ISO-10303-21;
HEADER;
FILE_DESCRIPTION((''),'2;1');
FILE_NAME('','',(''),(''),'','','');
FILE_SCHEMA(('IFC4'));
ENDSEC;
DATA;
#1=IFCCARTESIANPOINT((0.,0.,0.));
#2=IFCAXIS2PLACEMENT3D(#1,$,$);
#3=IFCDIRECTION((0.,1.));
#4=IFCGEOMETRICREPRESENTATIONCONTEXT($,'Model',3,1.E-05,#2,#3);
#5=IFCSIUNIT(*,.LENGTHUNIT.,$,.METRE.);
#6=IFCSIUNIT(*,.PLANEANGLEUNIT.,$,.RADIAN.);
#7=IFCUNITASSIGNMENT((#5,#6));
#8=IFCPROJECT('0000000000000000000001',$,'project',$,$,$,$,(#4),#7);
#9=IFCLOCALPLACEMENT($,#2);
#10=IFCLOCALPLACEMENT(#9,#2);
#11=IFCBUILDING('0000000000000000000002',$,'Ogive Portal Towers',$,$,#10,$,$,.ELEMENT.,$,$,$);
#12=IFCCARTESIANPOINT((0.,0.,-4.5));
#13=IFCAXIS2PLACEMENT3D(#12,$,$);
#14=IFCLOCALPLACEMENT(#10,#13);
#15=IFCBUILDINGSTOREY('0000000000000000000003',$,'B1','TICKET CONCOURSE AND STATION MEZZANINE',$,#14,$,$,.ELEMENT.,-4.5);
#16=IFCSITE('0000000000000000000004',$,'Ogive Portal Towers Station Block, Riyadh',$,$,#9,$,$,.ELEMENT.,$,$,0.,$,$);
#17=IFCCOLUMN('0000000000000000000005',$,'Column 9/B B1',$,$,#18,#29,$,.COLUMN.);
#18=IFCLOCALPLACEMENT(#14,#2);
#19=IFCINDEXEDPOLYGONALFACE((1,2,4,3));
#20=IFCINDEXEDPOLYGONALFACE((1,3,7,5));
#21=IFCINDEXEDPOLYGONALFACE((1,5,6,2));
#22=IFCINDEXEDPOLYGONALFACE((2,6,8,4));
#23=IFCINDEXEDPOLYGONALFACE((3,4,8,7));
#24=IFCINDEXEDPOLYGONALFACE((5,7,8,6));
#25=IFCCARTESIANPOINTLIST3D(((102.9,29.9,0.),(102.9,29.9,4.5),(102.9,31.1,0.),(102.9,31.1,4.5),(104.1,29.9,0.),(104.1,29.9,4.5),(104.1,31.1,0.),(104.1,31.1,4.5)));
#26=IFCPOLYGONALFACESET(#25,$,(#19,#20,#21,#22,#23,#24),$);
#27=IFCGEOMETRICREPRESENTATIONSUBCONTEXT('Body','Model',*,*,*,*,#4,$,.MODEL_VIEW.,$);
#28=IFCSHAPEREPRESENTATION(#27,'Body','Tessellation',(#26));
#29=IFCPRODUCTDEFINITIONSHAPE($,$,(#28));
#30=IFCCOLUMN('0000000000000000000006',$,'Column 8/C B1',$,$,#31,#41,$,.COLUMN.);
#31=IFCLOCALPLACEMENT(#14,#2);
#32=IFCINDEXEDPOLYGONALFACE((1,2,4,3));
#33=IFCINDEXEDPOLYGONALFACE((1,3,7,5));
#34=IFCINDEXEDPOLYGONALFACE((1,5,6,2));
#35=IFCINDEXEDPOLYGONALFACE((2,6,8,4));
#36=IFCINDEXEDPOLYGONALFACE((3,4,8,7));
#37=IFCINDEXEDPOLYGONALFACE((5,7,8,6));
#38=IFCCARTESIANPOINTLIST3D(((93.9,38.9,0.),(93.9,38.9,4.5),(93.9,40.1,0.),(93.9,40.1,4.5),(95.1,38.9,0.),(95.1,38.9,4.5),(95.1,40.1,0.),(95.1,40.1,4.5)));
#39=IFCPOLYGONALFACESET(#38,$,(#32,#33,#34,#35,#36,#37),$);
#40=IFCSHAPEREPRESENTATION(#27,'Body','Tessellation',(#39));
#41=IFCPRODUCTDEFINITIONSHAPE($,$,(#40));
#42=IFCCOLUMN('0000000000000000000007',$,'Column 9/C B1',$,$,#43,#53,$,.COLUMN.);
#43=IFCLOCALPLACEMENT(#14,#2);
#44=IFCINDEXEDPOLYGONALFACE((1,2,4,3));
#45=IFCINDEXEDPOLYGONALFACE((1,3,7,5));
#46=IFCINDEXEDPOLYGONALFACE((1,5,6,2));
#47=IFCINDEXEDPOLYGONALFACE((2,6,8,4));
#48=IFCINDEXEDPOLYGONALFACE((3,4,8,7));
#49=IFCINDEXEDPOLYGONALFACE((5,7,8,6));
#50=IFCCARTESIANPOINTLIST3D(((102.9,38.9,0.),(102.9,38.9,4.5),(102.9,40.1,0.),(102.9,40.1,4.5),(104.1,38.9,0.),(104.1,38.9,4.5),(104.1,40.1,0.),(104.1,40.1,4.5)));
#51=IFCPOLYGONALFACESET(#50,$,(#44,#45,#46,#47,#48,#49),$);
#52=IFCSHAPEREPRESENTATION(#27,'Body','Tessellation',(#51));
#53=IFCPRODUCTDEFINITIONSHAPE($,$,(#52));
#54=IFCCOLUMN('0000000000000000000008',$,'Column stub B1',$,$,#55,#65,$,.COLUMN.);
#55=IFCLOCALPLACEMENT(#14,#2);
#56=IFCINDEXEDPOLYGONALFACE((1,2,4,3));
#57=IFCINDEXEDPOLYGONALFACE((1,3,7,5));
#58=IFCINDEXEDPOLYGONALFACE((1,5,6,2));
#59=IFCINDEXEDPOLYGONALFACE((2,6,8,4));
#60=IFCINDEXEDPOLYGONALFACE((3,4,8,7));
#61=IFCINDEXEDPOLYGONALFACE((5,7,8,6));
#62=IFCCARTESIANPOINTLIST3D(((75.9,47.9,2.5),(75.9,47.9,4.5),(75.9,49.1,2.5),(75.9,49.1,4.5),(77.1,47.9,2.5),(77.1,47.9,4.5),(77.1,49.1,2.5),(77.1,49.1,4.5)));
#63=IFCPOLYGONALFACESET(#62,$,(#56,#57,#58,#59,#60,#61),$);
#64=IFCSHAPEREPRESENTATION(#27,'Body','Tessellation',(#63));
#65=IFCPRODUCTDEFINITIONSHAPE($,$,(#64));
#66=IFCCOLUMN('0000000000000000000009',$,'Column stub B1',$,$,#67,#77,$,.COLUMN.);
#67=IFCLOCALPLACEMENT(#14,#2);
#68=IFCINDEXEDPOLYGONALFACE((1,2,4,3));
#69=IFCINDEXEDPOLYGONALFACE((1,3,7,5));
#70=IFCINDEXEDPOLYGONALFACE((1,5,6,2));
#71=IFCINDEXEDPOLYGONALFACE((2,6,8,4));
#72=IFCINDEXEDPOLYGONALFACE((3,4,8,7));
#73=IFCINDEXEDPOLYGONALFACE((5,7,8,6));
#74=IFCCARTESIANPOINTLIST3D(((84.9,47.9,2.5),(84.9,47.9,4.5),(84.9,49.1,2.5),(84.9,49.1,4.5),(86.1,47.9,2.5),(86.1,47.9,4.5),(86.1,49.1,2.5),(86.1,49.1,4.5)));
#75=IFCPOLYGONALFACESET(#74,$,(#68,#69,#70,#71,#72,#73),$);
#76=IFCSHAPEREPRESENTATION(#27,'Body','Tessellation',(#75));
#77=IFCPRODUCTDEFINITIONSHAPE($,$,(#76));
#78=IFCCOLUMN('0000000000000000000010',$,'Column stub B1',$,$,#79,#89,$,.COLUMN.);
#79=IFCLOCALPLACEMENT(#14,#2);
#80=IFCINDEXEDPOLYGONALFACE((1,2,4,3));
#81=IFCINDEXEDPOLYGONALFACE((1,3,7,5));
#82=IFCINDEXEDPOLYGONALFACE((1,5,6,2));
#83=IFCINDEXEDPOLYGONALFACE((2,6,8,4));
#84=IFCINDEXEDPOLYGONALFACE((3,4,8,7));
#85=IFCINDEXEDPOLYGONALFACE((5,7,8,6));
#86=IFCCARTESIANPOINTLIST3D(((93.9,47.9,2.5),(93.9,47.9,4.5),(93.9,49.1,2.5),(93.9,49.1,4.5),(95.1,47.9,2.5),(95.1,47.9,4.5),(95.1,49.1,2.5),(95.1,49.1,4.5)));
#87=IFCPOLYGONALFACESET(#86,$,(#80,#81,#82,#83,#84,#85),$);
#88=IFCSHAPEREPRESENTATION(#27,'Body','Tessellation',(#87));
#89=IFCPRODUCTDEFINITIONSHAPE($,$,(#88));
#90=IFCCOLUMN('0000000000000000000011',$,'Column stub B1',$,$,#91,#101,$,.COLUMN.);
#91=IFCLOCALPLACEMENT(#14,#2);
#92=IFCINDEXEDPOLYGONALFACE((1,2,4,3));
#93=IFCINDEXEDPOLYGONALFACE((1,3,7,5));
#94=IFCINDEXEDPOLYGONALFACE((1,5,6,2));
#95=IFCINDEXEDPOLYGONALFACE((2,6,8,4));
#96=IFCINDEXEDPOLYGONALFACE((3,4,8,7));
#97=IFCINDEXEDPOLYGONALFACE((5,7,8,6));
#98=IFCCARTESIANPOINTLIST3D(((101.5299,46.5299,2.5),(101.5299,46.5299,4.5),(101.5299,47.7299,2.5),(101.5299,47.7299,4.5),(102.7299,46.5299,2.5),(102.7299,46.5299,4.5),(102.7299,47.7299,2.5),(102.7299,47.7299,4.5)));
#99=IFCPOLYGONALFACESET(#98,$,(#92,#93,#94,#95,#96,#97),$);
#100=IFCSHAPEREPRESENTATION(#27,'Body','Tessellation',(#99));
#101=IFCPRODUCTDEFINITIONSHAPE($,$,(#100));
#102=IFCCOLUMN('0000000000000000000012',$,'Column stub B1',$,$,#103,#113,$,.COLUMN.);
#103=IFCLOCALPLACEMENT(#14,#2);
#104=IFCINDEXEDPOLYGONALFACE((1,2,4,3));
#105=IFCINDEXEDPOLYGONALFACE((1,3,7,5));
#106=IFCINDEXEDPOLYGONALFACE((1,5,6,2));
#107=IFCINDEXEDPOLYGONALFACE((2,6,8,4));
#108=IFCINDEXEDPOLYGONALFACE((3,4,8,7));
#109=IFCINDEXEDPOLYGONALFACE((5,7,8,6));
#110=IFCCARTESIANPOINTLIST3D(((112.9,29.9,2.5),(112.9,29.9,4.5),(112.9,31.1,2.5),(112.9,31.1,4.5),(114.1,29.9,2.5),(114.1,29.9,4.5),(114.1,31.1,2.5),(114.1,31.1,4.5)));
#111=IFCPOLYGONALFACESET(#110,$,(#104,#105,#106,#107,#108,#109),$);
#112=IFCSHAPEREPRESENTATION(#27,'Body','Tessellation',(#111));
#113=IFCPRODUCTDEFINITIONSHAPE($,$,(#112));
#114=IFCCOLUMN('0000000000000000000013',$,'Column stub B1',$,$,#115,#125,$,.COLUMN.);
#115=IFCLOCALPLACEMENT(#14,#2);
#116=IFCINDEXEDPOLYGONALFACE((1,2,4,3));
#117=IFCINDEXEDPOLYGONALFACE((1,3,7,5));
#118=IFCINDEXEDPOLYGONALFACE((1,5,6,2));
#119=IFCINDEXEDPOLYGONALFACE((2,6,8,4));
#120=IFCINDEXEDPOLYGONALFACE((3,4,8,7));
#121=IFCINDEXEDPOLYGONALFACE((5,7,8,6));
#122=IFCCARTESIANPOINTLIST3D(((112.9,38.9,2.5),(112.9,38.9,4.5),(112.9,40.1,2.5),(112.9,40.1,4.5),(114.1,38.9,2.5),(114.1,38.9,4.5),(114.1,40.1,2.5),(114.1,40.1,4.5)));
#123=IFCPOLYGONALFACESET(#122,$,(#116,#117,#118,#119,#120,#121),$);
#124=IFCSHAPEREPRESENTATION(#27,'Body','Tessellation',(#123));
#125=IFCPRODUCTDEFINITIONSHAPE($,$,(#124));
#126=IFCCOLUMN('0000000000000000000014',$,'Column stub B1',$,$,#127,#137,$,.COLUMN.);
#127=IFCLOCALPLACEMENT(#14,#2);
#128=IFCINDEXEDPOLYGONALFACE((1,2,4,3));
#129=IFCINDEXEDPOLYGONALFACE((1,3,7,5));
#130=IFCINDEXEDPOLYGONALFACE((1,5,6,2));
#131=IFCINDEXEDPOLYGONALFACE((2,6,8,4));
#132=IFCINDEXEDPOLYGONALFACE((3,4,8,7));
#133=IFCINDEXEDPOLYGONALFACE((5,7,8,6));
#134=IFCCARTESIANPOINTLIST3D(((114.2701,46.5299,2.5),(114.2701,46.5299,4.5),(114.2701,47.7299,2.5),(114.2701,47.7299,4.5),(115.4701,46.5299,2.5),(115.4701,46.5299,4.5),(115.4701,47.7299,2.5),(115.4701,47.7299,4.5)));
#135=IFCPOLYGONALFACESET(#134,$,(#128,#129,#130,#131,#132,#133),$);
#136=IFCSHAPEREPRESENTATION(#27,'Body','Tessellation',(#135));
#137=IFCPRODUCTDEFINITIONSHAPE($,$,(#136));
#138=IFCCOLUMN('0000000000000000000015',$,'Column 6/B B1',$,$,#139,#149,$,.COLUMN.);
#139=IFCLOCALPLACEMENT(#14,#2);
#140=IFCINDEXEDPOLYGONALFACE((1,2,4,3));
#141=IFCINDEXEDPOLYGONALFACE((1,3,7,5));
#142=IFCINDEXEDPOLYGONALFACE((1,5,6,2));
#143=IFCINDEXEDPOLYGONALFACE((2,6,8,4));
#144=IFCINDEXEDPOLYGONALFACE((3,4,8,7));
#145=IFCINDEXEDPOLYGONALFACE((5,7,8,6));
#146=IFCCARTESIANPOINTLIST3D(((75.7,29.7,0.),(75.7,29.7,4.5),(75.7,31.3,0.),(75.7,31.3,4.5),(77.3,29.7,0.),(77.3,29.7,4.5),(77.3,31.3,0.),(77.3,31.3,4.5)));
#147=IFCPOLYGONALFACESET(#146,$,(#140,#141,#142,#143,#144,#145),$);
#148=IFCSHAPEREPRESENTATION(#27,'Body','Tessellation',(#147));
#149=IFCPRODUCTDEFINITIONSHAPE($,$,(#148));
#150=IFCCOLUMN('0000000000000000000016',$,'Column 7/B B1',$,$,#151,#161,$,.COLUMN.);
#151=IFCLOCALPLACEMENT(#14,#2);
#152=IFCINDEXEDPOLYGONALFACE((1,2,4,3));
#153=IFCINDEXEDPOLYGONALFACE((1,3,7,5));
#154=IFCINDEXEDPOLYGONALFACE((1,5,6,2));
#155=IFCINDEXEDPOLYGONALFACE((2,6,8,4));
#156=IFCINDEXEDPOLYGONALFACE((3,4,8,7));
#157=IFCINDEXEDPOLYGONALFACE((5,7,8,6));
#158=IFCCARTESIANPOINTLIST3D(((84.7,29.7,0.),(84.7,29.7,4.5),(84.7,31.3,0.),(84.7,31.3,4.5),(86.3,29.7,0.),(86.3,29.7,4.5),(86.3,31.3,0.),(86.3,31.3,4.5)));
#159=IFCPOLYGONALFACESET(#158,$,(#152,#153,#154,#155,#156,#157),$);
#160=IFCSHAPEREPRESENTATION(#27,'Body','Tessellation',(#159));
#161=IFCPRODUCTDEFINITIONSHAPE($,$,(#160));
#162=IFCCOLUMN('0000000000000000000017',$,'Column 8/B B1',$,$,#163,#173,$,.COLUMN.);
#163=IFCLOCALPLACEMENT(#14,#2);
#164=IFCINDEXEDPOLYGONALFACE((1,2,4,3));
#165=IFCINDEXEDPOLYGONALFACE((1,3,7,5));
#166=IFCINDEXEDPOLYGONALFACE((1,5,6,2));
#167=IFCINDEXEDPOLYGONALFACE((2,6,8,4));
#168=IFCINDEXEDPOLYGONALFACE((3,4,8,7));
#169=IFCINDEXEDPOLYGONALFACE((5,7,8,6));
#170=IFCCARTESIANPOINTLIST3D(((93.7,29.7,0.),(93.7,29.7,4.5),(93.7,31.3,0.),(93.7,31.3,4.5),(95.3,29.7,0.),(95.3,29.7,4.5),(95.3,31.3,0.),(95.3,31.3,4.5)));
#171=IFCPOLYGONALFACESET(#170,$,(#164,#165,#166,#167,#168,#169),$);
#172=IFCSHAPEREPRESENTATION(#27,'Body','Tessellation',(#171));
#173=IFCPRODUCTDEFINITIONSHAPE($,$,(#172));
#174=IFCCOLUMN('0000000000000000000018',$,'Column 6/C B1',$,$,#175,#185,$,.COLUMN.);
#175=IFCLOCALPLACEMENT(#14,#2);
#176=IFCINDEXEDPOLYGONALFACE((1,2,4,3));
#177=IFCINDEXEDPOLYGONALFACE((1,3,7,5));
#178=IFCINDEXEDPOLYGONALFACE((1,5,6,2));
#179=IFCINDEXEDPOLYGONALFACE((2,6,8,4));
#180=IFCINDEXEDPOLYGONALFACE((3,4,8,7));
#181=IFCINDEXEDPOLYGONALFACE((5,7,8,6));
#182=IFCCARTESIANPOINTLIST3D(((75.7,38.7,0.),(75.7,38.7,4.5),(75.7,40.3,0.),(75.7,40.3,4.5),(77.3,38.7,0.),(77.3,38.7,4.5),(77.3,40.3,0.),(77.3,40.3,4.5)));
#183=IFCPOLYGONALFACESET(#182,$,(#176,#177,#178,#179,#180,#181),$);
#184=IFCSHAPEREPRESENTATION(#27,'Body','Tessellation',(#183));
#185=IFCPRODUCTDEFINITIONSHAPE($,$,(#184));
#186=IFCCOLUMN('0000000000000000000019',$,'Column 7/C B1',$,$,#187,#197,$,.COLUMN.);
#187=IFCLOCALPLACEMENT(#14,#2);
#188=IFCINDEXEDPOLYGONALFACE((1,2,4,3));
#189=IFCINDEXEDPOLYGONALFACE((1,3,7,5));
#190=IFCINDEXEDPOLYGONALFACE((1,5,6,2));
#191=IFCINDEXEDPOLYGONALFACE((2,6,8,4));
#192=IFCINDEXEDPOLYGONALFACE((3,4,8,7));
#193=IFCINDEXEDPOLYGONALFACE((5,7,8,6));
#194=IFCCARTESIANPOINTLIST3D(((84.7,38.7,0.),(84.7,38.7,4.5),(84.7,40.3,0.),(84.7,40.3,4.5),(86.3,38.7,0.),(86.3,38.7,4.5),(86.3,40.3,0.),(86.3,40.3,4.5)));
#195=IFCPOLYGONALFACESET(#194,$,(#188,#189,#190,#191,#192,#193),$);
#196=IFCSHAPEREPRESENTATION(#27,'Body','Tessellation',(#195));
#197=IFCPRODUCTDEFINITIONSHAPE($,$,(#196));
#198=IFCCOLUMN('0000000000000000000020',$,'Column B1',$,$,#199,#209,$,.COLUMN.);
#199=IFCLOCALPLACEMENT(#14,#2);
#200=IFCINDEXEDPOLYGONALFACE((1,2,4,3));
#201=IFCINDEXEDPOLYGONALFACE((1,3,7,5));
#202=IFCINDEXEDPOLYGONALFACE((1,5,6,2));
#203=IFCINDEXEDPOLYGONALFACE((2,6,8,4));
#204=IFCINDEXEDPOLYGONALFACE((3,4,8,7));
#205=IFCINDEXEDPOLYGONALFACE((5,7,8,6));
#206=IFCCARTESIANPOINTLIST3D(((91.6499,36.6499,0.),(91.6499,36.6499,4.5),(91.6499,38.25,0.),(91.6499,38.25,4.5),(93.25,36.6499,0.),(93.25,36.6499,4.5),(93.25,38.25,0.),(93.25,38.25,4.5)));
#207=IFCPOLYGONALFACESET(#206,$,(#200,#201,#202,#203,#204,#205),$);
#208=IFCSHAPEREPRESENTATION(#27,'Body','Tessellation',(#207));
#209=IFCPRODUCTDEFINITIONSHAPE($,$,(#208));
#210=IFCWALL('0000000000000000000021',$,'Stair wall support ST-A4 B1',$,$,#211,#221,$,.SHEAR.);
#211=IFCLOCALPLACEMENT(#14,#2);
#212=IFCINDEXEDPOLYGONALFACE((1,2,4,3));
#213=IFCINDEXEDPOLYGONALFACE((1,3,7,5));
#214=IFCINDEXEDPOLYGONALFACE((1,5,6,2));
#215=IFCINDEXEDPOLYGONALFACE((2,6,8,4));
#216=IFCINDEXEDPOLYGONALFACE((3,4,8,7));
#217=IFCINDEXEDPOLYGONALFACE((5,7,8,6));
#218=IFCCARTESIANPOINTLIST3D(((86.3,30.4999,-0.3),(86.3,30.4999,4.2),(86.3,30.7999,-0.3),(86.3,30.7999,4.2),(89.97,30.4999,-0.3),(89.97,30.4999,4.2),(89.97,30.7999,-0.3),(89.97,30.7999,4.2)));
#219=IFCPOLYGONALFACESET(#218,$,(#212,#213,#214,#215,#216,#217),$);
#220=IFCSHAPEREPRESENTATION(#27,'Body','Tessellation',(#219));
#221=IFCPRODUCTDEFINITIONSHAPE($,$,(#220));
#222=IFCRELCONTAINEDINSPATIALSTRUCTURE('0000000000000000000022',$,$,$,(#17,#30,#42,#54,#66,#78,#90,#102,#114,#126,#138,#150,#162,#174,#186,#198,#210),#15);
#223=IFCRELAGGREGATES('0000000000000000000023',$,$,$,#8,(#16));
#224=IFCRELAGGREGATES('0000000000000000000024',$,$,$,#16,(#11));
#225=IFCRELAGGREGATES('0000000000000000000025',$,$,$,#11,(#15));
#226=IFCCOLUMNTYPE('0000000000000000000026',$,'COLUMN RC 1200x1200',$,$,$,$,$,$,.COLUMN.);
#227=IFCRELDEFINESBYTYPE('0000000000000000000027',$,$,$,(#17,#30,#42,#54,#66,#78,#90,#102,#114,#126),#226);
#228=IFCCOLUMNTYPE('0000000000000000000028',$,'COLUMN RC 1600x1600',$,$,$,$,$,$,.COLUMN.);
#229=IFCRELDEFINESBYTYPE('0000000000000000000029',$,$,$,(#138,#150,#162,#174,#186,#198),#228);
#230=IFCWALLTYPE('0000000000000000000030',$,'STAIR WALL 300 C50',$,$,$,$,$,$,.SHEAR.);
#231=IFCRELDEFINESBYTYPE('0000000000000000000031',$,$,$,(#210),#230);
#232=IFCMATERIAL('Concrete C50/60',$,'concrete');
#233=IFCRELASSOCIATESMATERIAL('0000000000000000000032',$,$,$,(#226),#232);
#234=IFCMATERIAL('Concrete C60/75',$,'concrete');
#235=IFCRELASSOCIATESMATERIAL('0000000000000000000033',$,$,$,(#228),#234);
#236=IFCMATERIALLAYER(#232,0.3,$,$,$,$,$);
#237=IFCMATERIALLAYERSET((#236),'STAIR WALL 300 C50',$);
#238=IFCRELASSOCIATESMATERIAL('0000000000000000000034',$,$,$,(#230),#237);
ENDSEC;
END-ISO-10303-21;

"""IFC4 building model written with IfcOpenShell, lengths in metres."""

from ifc_helpers import new_model, si_unit, direction, frame, frame_2d, origin, origin_2d, place, context, subcontext, project, spatial, rectangle, extrude, material, layer, layer_set, material_profile, profile_set, type_object, element, save


model = new_model("IFC4")

# Units and contexts
model_context = context("Model", 3, precision=1e-05, world=origin(), true_north=direction((0.0, 1.0)))
body_context = subcontext(model_context, "Body", "Model", "MODEL_VIEW")
ifc_project = project(units=[si_unit("LENGTHUNIT", "METRE"), si_unit("PLANEANGLEUNIT", "RADIAN")], contexts=[model_context])

# Site, building, storey
site_placement = place(None, origin())
site = spatial("IfcSite", under=ifc_project, at=site_placement, Name="Ogive Portal Towers Station Block, Riyadh", CompositionType="ELEMENT", RefElevation=0.0)
building_placement = place(site_placement, origin())
building = spatial("IfcBuilding", under=site, at=building_placement, Name="Ogive Portal Towers", CompositionType="ELEMENT")
storey_placement = place(building_placement, frame((0.0, 0.0, -4.5)))
storey = spatial("IfcBuildingStorey", under=building, at=storey_placement, Name="B1", Description="TICKET CONCOURSE AND STATION MEZZANINE", CompositionType="ELEMENT", Elevation=-4.5)

# Columns
ifc_material_1 = material(Name="Concrete C50/60", Category="concrete")
ifc_material_profile_1 = material_profile(ifc_material_1, rectangle(XDim=1.2, YDim=1.2, at=origin_2d()), Name="RC 1200x1200")
ifc_profile_set_1 = profile_set([ifc_material_profile_1], Name="Concrete C50/60")
column_type_1 = type_object("IfcColumnType", Name="COLUMN RC 1200x1200", PredefinedType="COLUMN", material=ifc_profile_set_1)
for number, where, z_axis, x_axis, name in (
    (1, (103.5, 30.5, 0.0), (0.0, 0.0, 1.0), (1.0, 0.0, 0.0), "Column 9/B B1"),
    (2, (94.5, 39.5, 0.0), (0.0, 0.0, 1.0), (1.0, 0.0, 0.0), "Column 8/C B1"),
    (3, (103.5, 39.5, 0.0), (0.0, 0.0, 1.0), (1.0, 0.0, 0.0), "Column 9/C B1"),
):
    element("IfcColumn", number, at=place(storey_placement, frame(where, z_axis=z_axis, x_axis=x_axis)), inside=storey, type_object=column_type_1, Name=name, PredefinedType="COLUMN", context=body_context, shape_type="SweptSolid", body=[
        extrude(rectangle(XDim=1.2, YDim=1.2, at=origin_2d()), origin(), (0.0, 0.0, 1.0), 4.5),
    ])
for number, where, z_axis, x_axis, name in (
    (4, (76.5, 48.5, 2.5), (0.0, 0.0, 1.0), (1.0, 0.0, 0.0), "Column stub B1"),
    (5, (85.5, 48.5, 2.5), (0.0, 0.0, 1.0), (1.0, 0.0, 0.0), "Column stub B1"),
    (6, (94.5, 48.5, 2.5), (0.0, 0.0, 1.0), (1.0, 0.0, 0.0), "Column stub B1"),
    (7, (102.1299, 47.1299, 2.5), (0.0, 0.0, 1.0), (1.0, 0.0, 0.0), "Column stub B1"),
    (8, (113.5, 30.5, 2.5), (0.0, 0.0, 1.0), (1.0, 0.0, 0.0), "Column stub B1"),
    (9, (113.5, 39.5, 2.5), (0.0, 0.0, 1.0), (1.0, 0.0, 0.0), "Column stub B1"),
    (10, (114.8701, 47.1299, 2.5), (0.0, 0.0, 1.0), (1.0, 0.0, 0.0), "Column stub B1"),
):
    element("IfcColumn", number, at=place(storey_placement, frame(where, z_axis=z_axis, x_axis=x_axis)), inside=storey, type_object=column_type_1, Name=name, PredefinedType="COLUMN", context=body_context, shape_type="SweptSolid", body=[
        extrude(rectangle(XDim=1.2, YDim=1.2, at=origin_2d()), origin(), (0.0, 0.0, 1.0), 2.0),
    ])
ifc_material_2 = material(Name="Concrete C60/75", Category="concrete")
ifc_material_profile_2 = material_profile(ifc_material_2, rectangle(XDim=1.6001, YDim=1.6001, at=origin_2d()), Name="RC 1600x1600")
ifc_profile_set_2 = profile_set([ifc_material_profile_2], Name="Concrete C60/75")
column_type_2 = type_object("IfcColumnType", Name="COLUMN RC 1600x1600", PredefinedType="COLUMN", material=ifc_profile_set_2)
for number, where, z_axis, x_axis, name in (
    (11, (76.5, 30.5, 0.0), (0.0, 0.0, 1.0), (1.0, 0.0, 0.0), "Column 6/B B1"),
    (12, (85.5, 30.5, 0.0), (0.0, 0.0, 1.0), (1.0, 0.0, 0.0), "Column 7/B B1"),
    (13, (94.5, 30.5, 0.0), (0.0, 0.0, 1.0), (1.0, 0.0, 0.0), "Column 8/B B1"),
    (14, (76.5, 39.5, 0.0), (0.0, 0.0, 1.0), (1.0, 0.0, 0.0), "Column 6/C B1"),
    (15, (85.5, 39.5, 0.0), (0.0, 0.0, 1.0), (1.0, 0.0, 0.0), "Column 7/C B1"),
    (16, (92.45, 37.45, 0.0), (0.0, 0.0, 1.0), (1.0, 0.0, 0.0), "Column B1"),
):
    element("IfcColumn", number, at=place(storey_placement, frame(where, z_axis=z_axis, x_axis=x_axis)), inside=storey, type_object=column_type_2, Name=name, PredefinedType="COLUMN", context=body_context, shape_type="SweptSolid", body=[
        extrude(rectangle(XDim=1.6001, YDim=1.6001, at=origin_2d()), origin(), (0.0, 0.0, 1.0), 4.5),
    ])

# Wall
ifc_layer_1 = layer(ifc_material_1, 0.3)
ifc_layer_set_1 = layer_set([ifc_layer_1], Name="STAIR WALL 300 C50")
wall_type_1 = type_object("IfcWallType", Name="STAIR WALL 300 C50", PredefinedType="SHEAR", material=ifc_layer_set_1)
wall_1_placement = place(storey_placement, frame((86.3, 30.6499, -0.3), z_axis=(0.0, 0.0, 1.0), x_axis=(1.0, 0.0, 0.0)))
element("IfcWall", 17, at=wall_1_placement, inside=storey, type_object=wall_type_1, Name="Stair wall support ST-A4 B1", PredefinedType="SHEAR", context=body_context, shape_type="SweptSolid", body=[
    extrude(rectangle(XDim=3.6699, YDim=0.3, at=frame_2d((1.835, 0.0))), origin(), (0.0, 0.0, 1.0), 4.5),
])

save(model, "model.ifc")
